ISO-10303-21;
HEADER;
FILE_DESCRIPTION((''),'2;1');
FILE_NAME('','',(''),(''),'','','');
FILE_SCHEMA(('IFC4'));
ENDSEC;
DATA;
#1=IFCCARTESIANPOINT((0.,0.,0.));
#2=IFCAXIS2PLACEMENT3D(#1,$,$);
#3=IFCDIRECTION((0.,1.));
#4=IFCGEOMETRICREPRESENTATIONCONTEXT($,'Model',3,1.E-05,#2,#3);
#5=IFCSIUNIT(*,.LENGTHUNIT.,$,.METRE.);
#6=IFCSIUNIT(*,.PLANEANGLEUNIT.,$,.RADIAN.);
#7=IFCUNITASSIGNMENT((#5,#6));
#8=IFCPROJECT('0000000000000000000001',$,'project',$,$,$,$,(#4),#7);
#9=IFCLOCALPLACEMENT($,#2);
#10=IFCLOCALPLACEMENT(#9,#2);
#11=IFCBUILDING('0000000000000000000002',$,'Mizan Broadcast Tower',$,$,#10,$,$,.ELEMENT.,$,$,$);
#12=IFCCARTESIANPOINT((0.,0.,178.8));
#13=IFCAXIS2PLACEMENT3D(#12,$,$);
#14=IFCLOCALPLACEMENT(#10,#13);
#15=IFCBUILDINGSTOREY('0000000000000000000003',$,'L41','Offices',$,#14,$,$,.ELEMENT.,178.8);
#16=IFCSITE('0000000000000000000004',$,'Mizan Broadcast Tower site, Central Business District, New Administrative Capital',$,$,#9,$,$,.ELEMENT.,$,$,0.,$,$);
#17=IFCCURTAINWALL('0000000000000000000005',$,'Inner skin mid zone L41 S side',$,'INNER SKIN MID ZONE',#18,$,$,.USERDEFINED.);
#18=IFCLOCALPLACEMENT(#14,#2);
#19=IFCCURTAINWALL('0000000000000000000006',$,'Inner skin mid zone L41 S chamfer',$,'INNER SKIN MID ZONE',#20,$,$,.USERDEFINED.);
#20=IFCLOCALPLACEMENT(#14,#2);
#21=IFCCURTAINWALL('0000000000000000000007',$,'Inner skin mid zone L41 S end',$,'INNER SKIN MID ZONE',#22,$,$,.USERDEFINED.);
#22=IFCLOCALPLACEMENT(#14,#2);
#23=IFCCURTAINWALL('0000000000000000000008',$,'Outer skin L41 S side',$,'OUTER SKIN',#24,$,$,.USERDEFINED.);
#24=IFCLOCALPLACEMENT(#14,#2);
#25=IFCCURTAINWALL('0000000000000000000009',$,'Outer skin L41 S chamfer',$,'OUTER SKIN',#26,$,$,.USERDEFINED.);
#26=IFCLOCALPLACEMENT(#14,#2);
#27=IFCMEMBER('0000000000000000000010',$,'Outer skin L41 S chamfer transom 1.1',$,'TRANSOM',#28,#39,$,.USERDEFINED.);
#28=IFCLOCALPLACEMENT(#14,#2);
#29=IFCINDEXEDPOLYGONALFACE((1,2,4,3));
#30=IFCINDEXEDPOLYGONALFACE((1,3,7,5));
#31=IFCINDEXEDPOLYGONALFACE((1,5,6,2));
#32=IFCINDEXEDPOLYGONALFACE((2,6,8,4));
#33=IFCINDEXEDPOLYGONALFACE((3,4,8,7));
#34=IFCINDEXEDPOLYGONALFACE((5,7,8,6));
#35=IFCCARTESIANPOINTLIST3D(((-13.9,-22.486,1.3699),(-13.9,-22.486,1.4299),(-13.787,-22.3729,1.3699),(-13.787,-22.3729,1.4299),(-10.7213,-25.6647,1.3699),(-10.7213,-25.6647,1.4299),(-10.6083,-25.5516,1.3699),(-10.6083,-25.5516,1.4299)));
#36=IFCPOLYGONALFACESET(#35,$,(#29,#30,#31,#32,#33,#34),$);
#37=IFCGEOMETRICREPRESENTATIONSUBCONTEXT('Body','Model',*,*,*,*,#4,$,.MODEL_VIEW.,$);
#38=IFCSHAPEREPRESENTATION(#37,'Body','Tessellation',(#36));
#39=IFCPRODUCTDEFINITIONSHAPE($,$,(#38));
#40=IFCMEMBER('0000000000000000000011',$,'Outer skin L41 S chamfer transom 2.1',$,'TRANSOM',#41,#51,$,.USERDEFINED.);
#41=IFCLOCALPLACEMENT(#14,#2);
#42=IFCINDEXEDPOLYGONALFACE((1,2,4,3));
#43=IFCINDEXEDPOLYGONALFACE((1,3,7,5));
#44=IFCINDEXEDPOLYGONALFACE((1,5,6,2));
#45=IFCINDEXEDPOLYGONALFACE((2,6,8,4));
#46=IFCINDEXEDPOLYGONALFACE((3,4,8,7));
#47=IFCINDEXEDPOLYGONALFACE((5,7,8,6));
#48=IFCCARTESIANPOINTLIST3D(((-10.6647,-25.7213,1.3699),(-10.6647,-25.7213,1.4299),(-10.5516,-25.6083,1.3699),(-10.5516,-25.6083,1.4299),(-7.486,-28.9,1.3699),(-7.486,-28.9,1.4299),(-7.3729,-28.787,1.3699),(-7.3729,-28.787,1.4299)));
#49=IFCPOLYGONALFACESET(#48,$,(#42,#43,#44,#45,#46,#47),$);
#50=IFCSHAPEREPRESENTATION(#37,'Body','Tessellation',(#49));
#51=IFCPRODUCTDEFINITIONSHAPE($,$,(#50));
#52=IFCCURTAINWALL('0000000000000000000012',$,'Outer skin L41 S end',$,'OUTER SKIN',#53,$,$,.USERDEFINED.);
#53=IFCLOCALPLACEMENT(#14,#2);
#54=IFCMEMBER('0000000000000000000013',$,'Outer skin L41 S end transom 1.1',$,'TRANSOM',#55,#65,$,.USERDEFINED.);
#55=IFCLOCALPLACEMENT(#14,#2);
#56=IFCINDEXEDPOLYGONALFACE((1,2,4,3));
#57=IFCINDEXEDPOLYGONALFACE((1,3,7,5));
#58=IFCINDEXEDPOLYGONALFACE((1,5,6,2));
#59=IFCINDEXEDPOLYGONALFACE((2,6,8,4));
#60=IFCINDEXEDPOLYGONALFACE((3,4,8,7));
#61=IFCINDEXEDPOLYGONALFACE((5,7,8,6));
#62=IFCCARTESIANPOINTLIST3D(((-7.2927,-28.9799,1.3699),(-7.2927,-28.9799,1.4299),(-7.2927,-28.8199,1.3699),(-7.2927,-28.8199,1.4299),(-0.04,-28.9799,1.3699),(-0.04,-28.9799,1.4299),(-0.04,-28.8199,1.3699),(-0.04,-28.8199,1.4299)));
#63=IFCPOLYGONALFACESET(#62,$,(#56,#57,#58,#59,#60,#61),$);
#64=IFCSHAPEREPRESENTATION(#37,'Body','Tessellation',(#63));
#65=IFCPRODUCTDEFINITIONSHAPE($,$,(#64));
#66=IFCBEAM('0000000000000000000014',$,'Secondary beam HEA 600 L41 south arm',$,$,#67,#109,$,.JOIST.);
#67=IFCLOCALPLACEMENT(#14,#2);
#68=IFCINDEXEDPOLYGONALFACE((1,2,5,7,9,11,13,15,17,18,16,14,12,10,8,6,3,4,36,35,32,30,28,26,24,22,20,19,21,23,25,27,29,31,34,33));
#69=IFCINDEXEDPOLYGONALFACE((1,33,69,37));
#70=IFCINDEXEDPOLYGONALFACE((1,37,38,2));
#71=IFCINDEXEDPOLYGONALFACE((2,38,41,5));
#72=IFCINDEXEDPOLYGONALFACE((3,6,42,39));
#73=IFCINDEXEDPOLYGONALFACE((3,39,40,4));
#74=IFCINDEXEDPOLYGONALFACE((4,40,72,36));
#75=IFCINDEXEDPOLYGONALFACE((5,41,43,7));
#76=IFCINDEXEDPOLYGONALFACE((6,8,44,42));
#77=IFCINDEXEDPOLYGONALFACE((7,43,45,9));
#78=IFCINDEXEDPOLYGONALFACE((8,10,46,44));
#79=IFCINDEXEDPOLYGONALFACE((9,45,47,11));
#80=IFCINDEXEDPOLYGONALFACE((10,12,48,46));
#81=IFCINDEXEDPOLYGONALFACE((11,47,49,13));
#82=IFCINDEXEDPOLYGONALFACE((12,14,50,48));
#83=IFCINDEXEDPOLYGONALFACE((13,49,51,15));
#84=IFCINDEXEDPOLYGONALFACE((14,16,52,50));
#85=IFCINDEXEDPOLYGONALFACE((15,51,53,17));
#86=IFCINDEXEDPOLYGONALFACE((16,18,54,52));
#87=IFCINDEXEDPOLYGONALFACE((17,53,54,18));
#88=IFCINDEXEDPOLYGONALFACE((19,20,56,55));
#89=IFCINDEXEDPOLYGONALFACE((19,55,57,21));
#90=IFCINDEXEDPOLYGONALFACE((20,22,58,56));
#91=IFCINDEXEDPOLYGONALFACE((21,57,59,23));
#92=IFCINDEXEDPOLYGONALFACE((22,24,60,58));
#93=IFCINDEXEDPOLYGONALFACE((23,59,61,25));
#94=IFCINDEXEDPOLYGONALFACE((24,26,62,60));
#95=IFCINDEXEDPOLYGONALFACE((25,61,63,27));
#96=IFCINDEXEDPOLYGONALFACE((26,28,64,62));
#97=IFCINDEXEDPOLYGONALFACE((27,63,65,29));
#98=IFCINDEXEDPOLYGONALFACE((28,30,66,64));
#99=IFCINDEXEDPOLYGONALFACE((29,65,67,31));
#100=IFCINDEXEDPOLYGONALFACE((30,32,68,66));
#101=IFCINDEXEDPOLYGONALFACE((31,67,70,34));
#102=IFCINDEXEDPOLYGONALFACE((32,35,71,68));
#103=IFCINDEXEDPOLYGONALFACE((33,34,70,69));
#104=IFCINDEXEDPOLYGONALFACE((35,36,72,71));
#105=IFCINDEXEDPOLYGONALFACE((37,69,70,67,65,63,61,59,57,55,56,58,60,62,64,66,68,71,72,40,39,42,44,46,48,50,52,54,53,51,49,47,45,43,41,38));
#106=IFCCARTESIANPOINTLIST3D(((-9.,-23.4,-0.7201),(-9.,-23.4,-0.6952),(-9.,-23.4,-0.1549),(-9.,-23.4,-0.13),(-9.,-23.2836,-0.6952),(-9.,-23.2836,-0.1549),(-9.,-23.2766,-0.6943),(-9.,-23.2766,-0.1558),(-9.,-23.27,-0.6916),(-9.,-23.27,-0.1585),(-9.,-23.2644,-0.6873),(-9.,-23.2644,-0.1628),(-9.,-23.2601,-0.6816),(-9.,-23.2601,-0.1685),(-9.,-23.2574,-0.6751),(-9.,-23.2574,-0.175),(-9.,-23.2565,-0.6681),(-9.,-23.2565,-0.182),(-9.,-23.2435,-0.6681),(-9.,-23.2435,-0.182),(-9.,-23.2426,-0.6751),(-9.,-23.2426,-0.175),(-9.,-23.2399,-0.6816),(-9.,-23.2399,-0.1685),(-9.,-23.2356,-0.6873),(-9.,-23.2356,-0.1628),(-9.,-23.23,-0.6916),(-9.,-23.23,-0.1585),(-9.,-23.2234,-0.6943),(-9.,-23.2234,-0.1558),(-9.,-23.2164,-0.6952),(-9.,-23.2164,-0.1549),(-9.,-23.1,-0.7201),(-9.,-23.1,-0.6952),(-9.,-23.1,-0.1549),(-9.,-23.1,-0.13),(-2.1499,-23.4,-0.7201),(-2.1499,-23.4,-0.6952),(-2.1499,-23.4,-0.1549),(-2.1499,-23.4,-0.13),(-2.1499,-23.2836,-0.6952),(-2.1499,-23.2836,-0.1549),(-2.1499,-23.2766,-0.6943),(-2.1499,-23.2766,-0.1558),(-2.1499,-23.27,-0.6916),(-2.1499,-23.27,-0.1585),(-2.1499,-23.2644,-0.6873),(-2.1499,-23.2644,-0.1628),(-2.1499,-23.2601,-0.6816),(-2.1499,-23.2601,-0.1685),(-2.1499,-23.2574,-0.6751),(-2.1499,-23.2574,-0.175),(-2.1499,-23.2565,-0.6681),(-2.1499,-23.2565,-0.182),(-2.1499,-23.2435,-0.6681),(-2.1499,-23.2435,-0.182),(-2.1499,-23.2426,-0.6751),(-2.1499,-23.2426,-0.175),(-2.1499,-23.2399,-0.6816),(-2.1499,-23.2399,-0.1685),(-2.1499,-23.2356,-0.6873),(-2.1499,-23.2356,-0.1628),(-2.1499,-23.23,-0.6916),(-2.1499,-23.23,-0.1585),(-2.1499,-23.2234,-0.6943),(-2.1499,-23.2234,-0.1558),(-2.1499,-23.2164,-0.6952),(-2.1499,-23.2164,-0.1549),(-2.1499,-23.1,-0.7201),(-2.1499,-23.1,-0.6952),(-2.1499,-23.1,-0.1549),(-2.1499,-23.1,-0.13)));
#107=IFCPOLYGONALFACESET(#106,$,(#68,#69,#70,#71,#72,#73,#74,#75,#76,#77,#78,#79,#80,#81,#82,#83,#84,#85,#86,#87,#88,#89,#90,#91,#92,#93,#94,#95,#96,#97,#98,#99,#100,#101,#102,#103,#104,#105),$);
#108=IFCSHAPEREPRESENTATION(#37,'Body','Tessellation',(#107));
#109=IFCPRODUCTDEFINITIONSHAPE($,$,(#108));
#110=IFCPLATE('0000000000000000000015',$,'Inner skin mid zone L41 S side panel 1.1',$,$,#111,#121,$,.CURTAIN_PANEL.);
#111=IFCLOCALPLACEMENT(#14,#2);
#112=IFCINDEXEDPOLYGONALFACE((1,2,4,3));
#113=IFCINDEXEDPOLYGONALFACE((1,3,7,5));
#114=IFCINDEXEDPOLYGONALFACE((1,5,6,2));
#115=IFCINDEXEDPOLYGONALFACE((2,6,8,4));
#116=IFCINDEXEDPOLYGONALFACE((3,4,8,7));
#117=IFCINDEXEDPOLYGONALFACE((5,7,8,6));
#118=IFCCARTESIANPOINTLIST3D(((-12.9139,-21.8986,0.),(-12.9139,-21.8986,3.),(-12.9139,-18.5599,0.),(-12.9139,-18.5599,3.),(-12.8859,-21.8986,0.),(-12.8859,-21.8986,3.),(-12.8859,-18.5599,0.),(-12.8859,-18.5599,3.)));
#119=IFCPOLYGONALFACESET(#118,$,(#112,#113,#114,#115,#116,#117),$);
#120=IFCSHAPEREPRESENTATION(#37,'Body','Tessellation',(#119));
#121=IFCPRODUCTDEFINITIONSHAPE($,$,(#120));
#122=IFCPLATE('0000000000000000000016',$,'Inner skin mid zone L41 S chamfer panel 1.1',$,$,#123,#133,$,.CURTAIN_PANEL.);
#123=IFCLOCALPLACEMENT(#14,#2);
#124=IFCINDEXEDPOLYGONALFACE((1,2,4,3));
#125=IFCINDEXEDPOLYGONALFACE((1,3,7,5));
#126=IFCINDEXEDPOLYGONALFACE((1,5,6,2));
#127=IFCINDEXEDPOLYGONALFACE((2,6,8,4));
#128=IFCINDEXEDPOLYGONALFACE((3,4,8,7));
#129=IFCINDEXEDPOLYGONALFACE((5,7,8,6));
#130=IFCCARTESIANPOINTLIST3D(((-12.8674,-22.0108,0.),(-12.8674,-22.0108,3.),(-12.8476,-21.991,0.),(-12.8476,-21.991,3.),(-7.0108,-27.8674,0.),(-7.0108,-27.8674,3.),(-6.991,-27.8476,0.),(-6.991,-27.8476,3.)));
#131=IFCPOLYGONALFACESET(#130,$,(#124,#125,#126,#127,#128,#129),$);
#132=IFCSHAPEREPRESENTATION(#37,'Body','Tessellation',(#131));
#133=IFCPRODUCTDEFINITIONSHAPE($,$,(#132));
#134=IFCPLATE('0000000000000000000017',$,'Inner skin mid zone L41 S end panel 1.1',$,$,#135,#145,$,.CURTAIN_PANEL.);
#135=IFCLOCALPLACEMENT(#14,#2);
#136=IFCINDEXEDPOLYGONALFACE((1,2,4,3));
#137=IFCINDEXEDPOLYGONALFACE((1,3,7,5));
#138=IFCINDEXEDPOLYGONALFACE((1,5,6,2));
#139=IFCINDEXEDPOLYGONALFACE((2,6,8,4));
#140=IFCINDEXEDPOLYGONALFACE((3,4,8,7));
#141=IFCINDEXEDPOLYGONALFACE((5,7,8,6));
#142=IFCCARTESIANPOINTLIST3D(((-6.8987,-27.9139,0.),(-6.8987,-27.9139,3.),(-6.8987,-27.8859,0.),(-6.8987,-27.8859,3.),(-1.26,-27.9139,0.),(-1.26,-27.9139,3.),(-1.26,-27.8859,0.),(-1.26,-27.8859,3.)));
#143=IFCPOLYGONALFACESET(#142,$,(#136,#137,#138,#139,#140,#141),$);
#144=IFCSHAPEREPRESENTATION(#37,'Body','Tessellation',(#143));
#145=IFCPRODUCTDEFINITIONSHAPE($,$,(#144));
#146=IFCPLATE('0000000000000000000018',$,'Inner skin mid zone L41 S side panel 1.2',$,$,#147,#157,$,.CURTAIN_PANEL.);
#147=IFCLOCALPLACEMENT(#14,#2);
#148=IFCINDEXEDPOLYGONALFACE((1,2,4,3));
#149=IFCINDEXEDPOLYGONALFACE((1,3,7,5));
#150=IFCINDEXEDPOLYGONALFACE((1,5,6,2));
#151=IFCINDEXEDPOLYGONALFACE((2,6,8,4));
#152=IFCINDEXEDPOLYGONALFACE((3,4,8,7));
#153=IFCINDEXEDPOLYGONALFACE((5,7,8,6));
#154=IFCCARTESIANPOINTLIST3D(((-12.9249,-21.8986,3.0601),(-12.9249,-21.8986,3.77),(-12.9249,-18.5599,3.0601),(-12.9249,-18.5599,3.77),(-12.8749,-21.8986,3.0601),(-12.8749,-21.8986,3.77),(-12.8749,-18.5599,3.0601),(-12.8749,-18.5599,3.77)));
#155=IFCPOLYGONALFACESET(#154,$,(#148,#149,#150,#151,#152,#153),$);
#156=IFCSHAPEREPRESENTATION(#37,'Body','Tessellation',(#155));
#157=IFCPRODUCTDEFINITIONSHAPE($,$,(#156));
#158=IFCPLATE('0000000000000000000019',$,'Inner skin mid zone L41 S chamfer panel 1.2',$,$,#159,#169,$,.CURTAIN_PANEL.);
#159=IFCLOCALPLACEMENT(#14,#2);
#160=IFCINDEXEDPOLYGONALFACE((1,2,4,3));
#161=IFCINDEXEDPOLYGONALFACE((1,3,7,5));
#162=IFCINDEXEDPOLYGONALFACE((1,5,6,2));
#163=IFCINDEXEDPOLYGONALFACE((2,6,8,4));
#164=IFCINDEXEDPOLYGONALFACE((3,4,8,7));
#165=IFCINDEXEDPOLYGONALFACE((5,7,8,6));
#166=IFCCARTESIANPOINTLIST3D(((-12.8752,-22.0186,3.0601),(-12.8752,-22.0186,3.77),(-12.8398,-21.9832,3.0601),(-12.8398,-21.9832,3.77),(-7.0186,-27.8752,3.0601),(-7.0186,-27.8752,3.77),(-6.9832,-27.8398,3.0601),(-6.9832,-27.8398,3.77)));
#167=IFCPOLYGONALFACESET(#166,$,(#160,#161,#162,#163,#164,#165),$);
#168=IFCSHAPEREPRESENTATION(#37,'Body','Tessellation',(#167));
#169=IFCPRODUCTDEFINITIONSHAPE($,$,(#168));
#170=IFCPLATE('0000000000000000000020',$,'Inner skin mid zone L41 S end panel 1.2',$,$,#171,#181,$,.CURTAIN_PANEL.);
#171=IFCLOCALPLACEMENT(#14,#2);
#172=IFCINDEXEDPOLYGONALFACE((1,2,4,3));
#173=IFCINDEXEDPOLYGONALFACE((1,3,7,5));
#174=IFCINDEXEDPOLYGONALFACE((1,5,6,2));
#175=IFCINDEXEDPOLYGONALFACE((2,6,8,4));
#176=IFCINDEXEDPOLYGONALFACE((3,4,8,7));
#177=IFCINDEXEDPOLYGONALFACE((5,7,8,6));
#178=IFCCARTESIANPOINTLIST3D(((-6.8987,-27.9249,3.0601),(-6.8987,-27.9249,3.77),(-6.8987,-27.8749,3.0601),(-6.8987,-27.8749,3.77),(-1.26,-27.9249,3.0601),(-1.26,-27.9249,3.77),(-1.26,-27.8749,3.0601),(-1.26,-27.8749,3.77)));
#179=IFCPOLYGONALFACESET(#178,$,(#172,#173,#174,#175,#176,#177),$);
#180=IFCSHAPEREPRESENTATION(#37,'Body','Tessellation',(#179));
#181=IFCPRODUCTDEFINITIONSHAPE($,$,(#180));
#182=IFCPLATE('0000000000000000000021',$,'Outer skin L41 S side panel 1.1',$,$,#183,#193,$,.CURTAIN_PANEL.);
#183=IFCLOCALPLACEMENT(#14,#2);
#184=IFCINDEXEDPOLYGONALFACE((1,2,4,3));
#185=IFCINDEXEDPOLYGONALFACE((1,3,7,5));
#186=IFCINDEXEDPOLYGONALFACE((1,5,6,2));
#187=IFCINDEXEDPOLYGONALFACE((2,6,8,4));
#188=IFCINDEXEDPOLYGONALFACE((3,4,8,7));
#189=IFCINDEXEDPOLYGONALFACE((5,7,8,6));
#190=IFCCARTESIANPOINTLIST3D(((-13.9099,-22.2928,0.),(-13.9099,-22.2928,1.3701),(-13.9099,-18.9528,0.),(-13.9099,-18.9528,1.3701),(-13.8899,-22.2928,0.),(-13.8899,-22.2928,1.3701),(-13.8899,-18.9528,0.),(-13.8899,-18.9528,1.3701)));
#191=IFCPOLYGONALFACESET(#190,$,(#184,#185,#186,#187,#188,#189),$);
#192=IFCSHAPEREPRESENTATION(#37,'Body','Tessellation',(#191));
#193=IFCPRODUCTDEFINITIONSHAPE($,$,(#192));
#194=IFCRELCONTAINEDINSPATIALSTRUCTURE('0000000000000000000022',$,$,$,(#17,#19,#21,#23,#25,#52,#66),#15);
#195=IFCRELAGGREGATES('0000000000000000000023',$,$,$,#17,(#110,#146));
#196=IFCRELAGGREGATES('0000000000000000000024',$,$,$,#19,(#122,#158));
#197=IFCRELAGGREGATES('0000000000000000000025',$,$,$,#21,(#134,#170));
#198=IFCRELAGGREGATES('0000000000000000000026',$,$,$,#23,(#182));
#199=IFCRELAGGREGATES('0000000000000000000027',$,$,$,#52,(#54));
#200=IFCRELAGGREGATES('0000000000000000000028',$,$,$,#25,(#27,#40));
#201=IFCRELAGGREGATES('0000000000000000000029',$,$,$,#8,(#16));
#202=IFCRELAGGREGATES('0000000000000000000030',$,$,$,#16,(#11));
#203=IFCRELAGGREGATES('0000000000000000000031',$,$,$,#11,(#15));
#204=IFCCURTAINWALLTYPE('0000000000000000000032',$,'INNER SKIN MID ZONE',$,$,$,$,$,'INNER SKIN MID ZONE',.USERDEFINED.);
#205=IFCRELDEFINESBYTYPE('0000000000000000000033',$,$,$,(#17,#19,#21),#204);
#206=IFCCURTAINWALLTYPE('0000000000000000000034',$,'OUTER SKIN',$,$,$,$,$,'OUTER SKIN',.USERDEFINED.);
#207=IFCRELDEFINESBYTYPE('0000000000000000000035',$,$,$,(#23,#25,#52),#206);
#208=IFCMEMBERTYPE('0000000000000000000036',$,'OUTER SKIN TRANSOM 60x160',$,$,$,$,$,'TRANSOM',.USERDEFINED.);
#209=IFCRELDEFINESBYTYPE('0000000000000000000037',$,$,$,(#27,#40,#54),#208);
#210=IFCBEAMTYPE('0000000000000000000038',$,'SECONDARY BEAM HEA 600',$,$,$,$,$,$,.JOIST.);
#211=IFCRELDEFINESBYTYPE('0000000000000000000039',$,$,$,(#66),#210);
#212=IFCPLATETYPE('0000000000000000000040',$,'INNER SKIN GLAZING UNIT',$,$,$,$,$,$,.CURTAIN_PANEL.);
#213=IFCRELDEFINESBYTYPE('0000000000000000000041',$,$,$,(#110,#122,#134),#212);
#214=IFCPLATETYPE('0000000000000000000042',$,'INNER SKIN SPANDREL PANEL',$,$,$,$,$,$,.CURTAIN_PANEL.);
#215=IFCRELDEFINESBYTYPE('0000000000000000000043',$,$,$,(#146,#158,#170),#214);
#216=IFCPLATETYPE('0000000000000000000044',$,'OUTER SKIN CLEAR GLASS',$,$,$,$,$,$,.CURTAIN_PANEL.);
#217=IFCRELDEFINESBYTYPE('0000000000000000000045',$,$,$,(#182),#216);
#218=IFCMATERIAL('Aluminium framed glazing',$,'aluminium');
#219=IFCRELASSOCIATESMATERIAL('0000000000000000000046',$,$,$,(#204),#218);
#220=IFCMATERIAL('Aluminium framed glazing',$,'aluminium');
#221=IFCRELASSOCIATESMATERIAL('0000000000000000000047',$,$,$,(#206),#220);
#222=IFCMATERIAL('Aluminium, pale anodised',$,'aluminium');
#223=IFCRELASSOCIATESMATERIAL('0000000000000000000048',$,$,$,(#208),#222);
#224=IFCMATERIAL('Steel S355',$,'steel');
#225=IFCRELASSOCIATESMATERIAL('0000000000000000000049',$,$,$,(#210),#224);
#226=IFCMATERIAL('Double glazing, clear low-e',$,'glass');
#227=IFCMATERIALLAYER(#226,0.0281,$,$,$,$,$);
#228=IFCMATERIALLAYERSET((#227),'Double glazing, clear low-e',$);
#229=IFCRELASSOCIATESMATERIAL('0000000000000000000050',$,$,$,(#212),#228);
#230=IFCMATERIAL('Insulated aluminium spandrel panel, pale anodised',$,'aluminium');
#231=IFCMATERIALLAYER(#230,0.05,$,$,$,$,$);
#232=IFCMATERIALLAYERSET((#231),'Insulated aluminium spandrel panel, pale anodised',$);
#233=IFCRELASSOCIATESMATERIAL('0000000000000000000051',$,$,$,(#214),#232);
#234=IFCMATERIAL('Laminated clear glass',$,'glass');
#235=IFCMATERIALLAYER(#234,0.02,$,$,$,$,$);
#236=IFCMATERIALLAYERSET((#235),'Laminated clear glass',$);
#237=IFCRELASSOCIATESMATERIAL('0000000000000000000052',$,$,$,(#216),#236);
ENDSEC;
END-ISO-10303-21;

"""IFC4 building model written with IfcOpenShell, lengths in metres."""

from ifc_helpers import new_model, si_unit, direction, frame, origin, origin_2d, place, context, subcontext, project, spatial, rectangle, i_section, extrude, material, layer, layer_set, material_profile, profile_set, type_object, element, aggregate, save


model = new_model("IFC4")

# Units and contexts
model_context = context("Model", 3, precision=1e-05, world=origin(), true_north=direction((0.0, 1.0)))
body_context = subcontext(model_context, "Body", "Model", "MODEL_VIEW")
ifc_project = project(units=[si_unit("LENGTHUNIT", "METRE"), si_unit("PLANEANGLEUNIT", "RADIAN")], contexts=[model_context])

# Site, building, storey
site_placement = place(None, origin())
site = spatial("IfcSite", under=ifc_project, at=site_placement, Name="Mizan Broadcast Tower site, Central Business District, New Administrative Capital", CompositionType="ELEMENT", RefElevation=0.0)
building_placement = place(site_placement, origin())
building = spatial("IfcBuilding", under=site, at=building_placement, Name="Mizan Broadcast Tower", CompositionType="ELEMENT")
storey_placement = place(building_placement, frame((0.0, 0.0, 178.8)))
storey = spatial("IfcBuildingStorey", under=building, at=storey_placement, Name="L41", Description="Offices", CompositionType="ELEMENT", Elevation=178.8)

# Curtain walls
ifc_material_1 = material(Name="Aluminium framed glazing", Category="aluminium")
curtain_wall_type_1 = type_object("IfcCurtainWallType", Name="INNER SKIN MID ZONE", ElementType="INNER SKIN MID ZONE", PredefinedType="USERDEFINED", material=ifc_material_1)
curtain_wall_1_placement = place(storey_placement, origin())
curtain_wall_1 = element("IfcCurtainWall", 1, at=curtain_wall_1_placement, inside=storey, type_object=curtain_wall_type_1, Name="Inner skin mid zone L41 S side", ObjectType="INNER SKIN MID ZONE", PredefinedType="USERDEFINED")
curtain_wall_2_placement = place(storey_placement, origin())
curtain_wall_2 = element("IfcCurtainWall", 2, at=curtain_wall_2_placement, inside=storey, type_object=curtain_wall_type_1, Name="Inner skin mid zone L41 S chamfer", ObjectType="INNER SKIN MID ZONE", PredefinedType="USERDEFINED")
curtain_wall_3_placement = place(storey_placement, origin())
curtain_wall_3 = element("IfcCurtainWall", 3, at=curtain_wall_3_placement, inside=storey, type_object=curtain_wall_type_1, Name="Inner skin mid zone L41 S end", ObjectType="INNER SKIN MID ZONE", PredefinedType="USERDEFINED")

# Curtain wall
ifc_material_2 = material(Name="Aluminium framed glazing", Category="aluminium")
curtain_wall_type_2 = type_object("IfcCurtainWallType", Name="OUTER SKIN", ElementType="OUTER SKIN", PredefinedType="USERDEFINED", material=ifc_material_2)
curtain_wall_4_placement = place(storey_placement, origin())
curtain_wall_4 = element("IfcCurtainWall", 4, at=curtain_wall_4_placement, inside=storey, type_object=curtain_wall_type_2, Name="Outer skin L41 S side", ObjectType="OUTER SKIN", PredefinedType="USERDEFINED")

# Curtain wall, members
curtain_wall_5_placement = place(storey_placement, origin())
curtain_wall_5 = element("IfcCurtainWall", 5, at=curtain_wall_5_placement, inside=storey, type_object=curtain_wall_type_2, Name="Outer skin L41 S chamfer", ObjectType="OUTER SKIN", PredefinedType="USERDEFINED")
ifc_material_3 = material(Name="Aluminium, pale anodised", Category="aluminium")
ifc_material_profile_1 = material_profile(ifc_material_3, rectangle(XDim=0.1599, YDim=0.0601, at=origin_2d()), Name="TRANSOM 160x60")
ifc_profile_set_1 = profile_set([ifc_material_profile_1], Name="Aluminium, pale anodised")
member_type_1 = type_object("IfcMemberType", Name="OUTER SKIN TRANSOM 60x160", ElementType="TRANSOM", PredefinedType="USERDEFINED", material=ifc_profile_set_1)
member_1_placement = place(storey_placement, frame((-13.8435, -22.4294, 1.3999), z_axis=(0.707107, -0.707107, 0.0), x_axis=(0.707107, 0.707107, 0.0)))
member_1 = element("IfcMember", 6, at=member_1_placement, type_object=member_type_1, Name="Outer skin L41 S chamfer transom 1.1", ObjectType="TRANSOM", PredefinedType="USERDEFINED", context=body_context, shape_type="SweptSolid", body=[
    extrude(rectangle(XDim=0.1599, YDim=0.0601, at=origin_2d()), origin(), (0.0, 0.0, 1.0), 4.4954),
])
member_2_placement = place(storey_placement, frame((-10.6082, -25.6648, 1.3999), z_axis=(0.707107, -0.707107, 0.0), x_axis=(0.707107, 0.707107, 0.0)))
member_2 = element("IfcMember", 7, at=member_2_placement, type_object=member_type_1, Name="Outer skin L41 S chamfer transom 2.1", ObjectType="TRANSOM", PredefinedType="USERDEFINED", context=body_context, shape_type="SweptSolid", body=[
    extrude(rectangle(XDim=0.1599, YDim=0.0601, at=origin_2d()), origin(), (0.0, 0.0, 1.0), 4.4954),
])

# Curtain wall, member
curtain_wall_6_placement = place(storey_placement, origin())
curtain_wall_6 = element("IfcCurtainWall", 8, at=curtain_wall_6_placement, inside=storey, type_object=curtain_wall_type_2, Name="Outer skin L41 S end", ObjectType="OUTER SKIN", PredefinedType="USERDEFINED")
member_3_placement = place(storey_placement, frame((-7.2927, -28.8999, 1.3999), z_axis=(1.0, 0.0, 0.0), x_axis=(0.0, 1.0, 0.0)))
member_3 = element("IfcMember", 9, at=member_3_placement, type_object=member_type_1, Name="Outer skin L41 S end transom 1.1", ObjectType="TRANSOM", PredefinedType="USERDEFINED", context=body_context, shape_type="SweptSolid", body=[
    extrude(rectangle(XDim=0.1599, YDim=0.0601, at=origin_2d()), origin(), (0.0, 0.0, 1.0), 7.2527),
])

# Beam
ifc_material_4 = material(Name="Steel S355", Category="steel")
ifc_material_profile_2 = material_profile(ifc_material_4, i_section(OverallWidth=0.3, OverallDepth=0.5901, WebThickness=0.0129, FlangeThickness=0.0249, FilletRadius=0.0271, at=origin_2d()), Name="HEA 600")
ifc_profile_set_2 = profile_set([ifc_material_profile_2], Name="Steel S355")
beam_type_1 = type_object("IfcBeamType", Name="SECONDARY BEAM HEA 600", PredefinedType="JOIST", material=ifc_profile_set_2)
beam_1_placement = place(storey_placement, frame((-9.0, -23.25, -0.425), z_axis=(1.0, 0.0, 0.0), x_axis=(0.0, 1.0, 0.0)))
element("IfcBeam", 10, at=beam_1_placement, inside=storey, type_object=beam_type_1, Name="Secondary beam HEA 600 L41 south arm", PredefinedType="JOIST", context=body_context, shape_type="SweptSolid", body=[
    extrude(i_section(OverallWidth=0.3, OverallDepth=0.5901, WebThickness=0.0129, FlangeThickness=0.0249, FilletRadius=0.0271, at=origin_2d()), origin(), (0.0, 0.0, 1.0), 6.8501),
])

# Plates
ifc_material_5 = material(Name="Double glazing, clear low-e", Category="glass")
ifc_layer_1 = layer(ifc_material_5, 0.0281)
ifc_layer_set_1 = layer_set([ifc_layer_1], Name="Double glazing, clear low-e")
plate_type_1 = type_object("IfcPlateType", Name="INNER SKIN GLAZING UNIT", PredefinedType="CURTAIN_PANEL", material=ifc_layer_set_1)
plate_1_placement = place(storey_placement, frame((-12.8999, -20.2292, 0.0), z_axis=(0.0, 0.0, 1.0), x_axis=(0.0, -1.0, 0.0)))
plate_1 = element("IfcPlate", 11, at=plate_1_placement, type_object=plate_type_1, Name="Inner skin mid zone L41 S side panel 1.1", PredefinedType="CURTAIN_PANEL", context=body_context, shape_type="SweptSolid", body=[
    extrude(rectangle(XDim=3.3386, YDim=0.0281, at=origin_2d()), origin(), (0.0, 0.0, 1.0), 3.0),
])
plate_2_placement = place(storey_placement, frame((-9.9292, -24.9292, 0.0), z_axis=(0.0, 0.0, 1.0), x_axis=(0.707107, -0.707107, 0.0)))
plate_2 = element("IfcPlate", 12, at=plate_2_placement, type_object=plate_type_1, Name="Inner skin mid zone L41 S chamfer panel 1.1", PredefinedType="CURTAIN_PANEL", context=body_context, shape_type="SweptSolid", body=[
    extrude(rectangle(XDim=8.2825, YDim=0.0281, at=origin_2d()), origin(), (0.0, 0.0, 1.0), 3.0),
])
plate_3_placement = place(storey_placement, frame((-4.0793, -27.8999, 0.0), z_axis=(0.0, 0.0, 1.0), x_axis=(1.0, 0.0, 0.0)))
plate_3 = element("IfcPlate", 13, at=plate_3_placement, type_object=plate_type_1, Name="Inner skin mid zone L41 S end panel 1.1", PredefinedType="CURTAIN_PANEL", context=body_context, shape_type="SweptSolid", body=[
    extrude(rectangle(XDim=5.6387, YDim=0.0281, at=origin_2d()), origin(), (0.0, 0.0, 1.0), 3.0),
])
ifc_material_6 = material(Name="Insulated aluminium spandrel panel, pale anodised", Category="aluminium")
ifc_layer_2 = layer(ifc_material_6, 0.05)
ifc_layer_set_2 = layer_set([ifc_layer_2], Name="Insulated aluminium spandrel panel, pale anodised")
plate_type_2 = type_object("IfcPlateType", Name="INNER SKIN SPANDREL PANEL", PredefinedType="CURTAIN_PANEL", material=ifc_layer_set_2)
plate_4_placement = place(storey_placement, frame((-12.8999, -20.2292, 3.0601), z_axis=(0.0, 0.0, 1.0), x_axis=(0.0, -1.0, 0.0)))
plate_4 = element("IfcPlate", 14, at=plate_4_placement, type_object=plate_type_2, Name="Inner skin mid zone L41 S side panel 1.2", PredefinedType="CURTAIN_PANEL", context=body_context, shape_type="SweptSolid", body=[
    extrude(rectangle(XDim=3.3386, YDim=0.05, at=origin_2d()), origin(), (0.0, 0.0, 1.0), 0.71),
])
aggregate(curtain_wall_1, [plate_1, plate_4])
plate_5_placement = place(storey_placement, frame((-9.9292, -24.9292, 3.0601), z_axis=(0.0, 0.0, 1.0), x_axis=(0.707107, -0.707107, 0.0)))
plate_5 = element("IfcPlate", 15, at=plate_5_placement, type_object=plate_type_2, Name="Inner skin mid zone L41 S chamfer panel 1.2", PredefinedType="CURTAIN_PANEL", context=body_context, shape_type="SweptSolid", body=[
    extrude(rectangle(XDim=8.2825, YDim=0.05, at=origin_2d()), origin(), (0.0, 0.0, 1.0), 0.71),
])
aggregate(curtain_wall_2, [plate_2, plate_5])
plate_6_placement = place(storey_placement, frame((-4.0793, -27.8999, 3.0601), z_axis=(0.0, 0.0, 1.0), x_axis=(1.0, 0.0, 0.0)))
plate_6 = element("IfcPlate", 16, at=plate_6_placement, type_object=plate_type_2, Name="Inner skin mid zone L41 S end panel 1.2", PredefinedType="CURTAIN_PANEL", context=body_context, shape_type="SweptSolid", body=[
    extrude(rectangle(XDim=5.6387, YDim=0.05, at=origin_2d()), origin(), (0.0, 0.0, 1.0), 0.71),
])
aggregate(curtain_wall_3, [plate_3, plate_6])
ifc_material_7 = material(Name="Laminated clear glass", Category="glass")
ifc_layer_3 = layer(ifc_material_7, 0.02)
ifc_layer_set_3 = layer_set([ifc_layer_3], Name="Laminated clear glass")
plate_type_3 = type_object("IfcPlateType", Name="OUTER SKIN CLEAR GLASS", PredefinedType="CURTAIN_PANEL", material=ifc_layer_set_3)
plate_7_placement = place(storey_placement, frame((-13.8999, -20.6228, 0.0), z_axis=(0.0, 0.0, 1.0), x_axis=(0.0, -1.0, 0.0)))
plate_7 = element("IfcPlate", 17, at=plate_7_placement, type_object=plate_type_3, Name="Outer skin L41 S side panel 1.1", PredefinedType="CURTAIN_PANEL", context=body_context, shape_type="SweptSolid", body=[
    extrude(rectangle(XDim=3.3401, YDim=0.02, at=origin_2d()), origin(), (0.0, 0.0, 1.0), 1.3701),
])
aggregate(curtain_wall_4, [plate_7])
aggregate(curtain_wall_6, [member_3])
aggregate(curtain_wall_5, [member_1, member_2])

save(model, "model.ifc")
